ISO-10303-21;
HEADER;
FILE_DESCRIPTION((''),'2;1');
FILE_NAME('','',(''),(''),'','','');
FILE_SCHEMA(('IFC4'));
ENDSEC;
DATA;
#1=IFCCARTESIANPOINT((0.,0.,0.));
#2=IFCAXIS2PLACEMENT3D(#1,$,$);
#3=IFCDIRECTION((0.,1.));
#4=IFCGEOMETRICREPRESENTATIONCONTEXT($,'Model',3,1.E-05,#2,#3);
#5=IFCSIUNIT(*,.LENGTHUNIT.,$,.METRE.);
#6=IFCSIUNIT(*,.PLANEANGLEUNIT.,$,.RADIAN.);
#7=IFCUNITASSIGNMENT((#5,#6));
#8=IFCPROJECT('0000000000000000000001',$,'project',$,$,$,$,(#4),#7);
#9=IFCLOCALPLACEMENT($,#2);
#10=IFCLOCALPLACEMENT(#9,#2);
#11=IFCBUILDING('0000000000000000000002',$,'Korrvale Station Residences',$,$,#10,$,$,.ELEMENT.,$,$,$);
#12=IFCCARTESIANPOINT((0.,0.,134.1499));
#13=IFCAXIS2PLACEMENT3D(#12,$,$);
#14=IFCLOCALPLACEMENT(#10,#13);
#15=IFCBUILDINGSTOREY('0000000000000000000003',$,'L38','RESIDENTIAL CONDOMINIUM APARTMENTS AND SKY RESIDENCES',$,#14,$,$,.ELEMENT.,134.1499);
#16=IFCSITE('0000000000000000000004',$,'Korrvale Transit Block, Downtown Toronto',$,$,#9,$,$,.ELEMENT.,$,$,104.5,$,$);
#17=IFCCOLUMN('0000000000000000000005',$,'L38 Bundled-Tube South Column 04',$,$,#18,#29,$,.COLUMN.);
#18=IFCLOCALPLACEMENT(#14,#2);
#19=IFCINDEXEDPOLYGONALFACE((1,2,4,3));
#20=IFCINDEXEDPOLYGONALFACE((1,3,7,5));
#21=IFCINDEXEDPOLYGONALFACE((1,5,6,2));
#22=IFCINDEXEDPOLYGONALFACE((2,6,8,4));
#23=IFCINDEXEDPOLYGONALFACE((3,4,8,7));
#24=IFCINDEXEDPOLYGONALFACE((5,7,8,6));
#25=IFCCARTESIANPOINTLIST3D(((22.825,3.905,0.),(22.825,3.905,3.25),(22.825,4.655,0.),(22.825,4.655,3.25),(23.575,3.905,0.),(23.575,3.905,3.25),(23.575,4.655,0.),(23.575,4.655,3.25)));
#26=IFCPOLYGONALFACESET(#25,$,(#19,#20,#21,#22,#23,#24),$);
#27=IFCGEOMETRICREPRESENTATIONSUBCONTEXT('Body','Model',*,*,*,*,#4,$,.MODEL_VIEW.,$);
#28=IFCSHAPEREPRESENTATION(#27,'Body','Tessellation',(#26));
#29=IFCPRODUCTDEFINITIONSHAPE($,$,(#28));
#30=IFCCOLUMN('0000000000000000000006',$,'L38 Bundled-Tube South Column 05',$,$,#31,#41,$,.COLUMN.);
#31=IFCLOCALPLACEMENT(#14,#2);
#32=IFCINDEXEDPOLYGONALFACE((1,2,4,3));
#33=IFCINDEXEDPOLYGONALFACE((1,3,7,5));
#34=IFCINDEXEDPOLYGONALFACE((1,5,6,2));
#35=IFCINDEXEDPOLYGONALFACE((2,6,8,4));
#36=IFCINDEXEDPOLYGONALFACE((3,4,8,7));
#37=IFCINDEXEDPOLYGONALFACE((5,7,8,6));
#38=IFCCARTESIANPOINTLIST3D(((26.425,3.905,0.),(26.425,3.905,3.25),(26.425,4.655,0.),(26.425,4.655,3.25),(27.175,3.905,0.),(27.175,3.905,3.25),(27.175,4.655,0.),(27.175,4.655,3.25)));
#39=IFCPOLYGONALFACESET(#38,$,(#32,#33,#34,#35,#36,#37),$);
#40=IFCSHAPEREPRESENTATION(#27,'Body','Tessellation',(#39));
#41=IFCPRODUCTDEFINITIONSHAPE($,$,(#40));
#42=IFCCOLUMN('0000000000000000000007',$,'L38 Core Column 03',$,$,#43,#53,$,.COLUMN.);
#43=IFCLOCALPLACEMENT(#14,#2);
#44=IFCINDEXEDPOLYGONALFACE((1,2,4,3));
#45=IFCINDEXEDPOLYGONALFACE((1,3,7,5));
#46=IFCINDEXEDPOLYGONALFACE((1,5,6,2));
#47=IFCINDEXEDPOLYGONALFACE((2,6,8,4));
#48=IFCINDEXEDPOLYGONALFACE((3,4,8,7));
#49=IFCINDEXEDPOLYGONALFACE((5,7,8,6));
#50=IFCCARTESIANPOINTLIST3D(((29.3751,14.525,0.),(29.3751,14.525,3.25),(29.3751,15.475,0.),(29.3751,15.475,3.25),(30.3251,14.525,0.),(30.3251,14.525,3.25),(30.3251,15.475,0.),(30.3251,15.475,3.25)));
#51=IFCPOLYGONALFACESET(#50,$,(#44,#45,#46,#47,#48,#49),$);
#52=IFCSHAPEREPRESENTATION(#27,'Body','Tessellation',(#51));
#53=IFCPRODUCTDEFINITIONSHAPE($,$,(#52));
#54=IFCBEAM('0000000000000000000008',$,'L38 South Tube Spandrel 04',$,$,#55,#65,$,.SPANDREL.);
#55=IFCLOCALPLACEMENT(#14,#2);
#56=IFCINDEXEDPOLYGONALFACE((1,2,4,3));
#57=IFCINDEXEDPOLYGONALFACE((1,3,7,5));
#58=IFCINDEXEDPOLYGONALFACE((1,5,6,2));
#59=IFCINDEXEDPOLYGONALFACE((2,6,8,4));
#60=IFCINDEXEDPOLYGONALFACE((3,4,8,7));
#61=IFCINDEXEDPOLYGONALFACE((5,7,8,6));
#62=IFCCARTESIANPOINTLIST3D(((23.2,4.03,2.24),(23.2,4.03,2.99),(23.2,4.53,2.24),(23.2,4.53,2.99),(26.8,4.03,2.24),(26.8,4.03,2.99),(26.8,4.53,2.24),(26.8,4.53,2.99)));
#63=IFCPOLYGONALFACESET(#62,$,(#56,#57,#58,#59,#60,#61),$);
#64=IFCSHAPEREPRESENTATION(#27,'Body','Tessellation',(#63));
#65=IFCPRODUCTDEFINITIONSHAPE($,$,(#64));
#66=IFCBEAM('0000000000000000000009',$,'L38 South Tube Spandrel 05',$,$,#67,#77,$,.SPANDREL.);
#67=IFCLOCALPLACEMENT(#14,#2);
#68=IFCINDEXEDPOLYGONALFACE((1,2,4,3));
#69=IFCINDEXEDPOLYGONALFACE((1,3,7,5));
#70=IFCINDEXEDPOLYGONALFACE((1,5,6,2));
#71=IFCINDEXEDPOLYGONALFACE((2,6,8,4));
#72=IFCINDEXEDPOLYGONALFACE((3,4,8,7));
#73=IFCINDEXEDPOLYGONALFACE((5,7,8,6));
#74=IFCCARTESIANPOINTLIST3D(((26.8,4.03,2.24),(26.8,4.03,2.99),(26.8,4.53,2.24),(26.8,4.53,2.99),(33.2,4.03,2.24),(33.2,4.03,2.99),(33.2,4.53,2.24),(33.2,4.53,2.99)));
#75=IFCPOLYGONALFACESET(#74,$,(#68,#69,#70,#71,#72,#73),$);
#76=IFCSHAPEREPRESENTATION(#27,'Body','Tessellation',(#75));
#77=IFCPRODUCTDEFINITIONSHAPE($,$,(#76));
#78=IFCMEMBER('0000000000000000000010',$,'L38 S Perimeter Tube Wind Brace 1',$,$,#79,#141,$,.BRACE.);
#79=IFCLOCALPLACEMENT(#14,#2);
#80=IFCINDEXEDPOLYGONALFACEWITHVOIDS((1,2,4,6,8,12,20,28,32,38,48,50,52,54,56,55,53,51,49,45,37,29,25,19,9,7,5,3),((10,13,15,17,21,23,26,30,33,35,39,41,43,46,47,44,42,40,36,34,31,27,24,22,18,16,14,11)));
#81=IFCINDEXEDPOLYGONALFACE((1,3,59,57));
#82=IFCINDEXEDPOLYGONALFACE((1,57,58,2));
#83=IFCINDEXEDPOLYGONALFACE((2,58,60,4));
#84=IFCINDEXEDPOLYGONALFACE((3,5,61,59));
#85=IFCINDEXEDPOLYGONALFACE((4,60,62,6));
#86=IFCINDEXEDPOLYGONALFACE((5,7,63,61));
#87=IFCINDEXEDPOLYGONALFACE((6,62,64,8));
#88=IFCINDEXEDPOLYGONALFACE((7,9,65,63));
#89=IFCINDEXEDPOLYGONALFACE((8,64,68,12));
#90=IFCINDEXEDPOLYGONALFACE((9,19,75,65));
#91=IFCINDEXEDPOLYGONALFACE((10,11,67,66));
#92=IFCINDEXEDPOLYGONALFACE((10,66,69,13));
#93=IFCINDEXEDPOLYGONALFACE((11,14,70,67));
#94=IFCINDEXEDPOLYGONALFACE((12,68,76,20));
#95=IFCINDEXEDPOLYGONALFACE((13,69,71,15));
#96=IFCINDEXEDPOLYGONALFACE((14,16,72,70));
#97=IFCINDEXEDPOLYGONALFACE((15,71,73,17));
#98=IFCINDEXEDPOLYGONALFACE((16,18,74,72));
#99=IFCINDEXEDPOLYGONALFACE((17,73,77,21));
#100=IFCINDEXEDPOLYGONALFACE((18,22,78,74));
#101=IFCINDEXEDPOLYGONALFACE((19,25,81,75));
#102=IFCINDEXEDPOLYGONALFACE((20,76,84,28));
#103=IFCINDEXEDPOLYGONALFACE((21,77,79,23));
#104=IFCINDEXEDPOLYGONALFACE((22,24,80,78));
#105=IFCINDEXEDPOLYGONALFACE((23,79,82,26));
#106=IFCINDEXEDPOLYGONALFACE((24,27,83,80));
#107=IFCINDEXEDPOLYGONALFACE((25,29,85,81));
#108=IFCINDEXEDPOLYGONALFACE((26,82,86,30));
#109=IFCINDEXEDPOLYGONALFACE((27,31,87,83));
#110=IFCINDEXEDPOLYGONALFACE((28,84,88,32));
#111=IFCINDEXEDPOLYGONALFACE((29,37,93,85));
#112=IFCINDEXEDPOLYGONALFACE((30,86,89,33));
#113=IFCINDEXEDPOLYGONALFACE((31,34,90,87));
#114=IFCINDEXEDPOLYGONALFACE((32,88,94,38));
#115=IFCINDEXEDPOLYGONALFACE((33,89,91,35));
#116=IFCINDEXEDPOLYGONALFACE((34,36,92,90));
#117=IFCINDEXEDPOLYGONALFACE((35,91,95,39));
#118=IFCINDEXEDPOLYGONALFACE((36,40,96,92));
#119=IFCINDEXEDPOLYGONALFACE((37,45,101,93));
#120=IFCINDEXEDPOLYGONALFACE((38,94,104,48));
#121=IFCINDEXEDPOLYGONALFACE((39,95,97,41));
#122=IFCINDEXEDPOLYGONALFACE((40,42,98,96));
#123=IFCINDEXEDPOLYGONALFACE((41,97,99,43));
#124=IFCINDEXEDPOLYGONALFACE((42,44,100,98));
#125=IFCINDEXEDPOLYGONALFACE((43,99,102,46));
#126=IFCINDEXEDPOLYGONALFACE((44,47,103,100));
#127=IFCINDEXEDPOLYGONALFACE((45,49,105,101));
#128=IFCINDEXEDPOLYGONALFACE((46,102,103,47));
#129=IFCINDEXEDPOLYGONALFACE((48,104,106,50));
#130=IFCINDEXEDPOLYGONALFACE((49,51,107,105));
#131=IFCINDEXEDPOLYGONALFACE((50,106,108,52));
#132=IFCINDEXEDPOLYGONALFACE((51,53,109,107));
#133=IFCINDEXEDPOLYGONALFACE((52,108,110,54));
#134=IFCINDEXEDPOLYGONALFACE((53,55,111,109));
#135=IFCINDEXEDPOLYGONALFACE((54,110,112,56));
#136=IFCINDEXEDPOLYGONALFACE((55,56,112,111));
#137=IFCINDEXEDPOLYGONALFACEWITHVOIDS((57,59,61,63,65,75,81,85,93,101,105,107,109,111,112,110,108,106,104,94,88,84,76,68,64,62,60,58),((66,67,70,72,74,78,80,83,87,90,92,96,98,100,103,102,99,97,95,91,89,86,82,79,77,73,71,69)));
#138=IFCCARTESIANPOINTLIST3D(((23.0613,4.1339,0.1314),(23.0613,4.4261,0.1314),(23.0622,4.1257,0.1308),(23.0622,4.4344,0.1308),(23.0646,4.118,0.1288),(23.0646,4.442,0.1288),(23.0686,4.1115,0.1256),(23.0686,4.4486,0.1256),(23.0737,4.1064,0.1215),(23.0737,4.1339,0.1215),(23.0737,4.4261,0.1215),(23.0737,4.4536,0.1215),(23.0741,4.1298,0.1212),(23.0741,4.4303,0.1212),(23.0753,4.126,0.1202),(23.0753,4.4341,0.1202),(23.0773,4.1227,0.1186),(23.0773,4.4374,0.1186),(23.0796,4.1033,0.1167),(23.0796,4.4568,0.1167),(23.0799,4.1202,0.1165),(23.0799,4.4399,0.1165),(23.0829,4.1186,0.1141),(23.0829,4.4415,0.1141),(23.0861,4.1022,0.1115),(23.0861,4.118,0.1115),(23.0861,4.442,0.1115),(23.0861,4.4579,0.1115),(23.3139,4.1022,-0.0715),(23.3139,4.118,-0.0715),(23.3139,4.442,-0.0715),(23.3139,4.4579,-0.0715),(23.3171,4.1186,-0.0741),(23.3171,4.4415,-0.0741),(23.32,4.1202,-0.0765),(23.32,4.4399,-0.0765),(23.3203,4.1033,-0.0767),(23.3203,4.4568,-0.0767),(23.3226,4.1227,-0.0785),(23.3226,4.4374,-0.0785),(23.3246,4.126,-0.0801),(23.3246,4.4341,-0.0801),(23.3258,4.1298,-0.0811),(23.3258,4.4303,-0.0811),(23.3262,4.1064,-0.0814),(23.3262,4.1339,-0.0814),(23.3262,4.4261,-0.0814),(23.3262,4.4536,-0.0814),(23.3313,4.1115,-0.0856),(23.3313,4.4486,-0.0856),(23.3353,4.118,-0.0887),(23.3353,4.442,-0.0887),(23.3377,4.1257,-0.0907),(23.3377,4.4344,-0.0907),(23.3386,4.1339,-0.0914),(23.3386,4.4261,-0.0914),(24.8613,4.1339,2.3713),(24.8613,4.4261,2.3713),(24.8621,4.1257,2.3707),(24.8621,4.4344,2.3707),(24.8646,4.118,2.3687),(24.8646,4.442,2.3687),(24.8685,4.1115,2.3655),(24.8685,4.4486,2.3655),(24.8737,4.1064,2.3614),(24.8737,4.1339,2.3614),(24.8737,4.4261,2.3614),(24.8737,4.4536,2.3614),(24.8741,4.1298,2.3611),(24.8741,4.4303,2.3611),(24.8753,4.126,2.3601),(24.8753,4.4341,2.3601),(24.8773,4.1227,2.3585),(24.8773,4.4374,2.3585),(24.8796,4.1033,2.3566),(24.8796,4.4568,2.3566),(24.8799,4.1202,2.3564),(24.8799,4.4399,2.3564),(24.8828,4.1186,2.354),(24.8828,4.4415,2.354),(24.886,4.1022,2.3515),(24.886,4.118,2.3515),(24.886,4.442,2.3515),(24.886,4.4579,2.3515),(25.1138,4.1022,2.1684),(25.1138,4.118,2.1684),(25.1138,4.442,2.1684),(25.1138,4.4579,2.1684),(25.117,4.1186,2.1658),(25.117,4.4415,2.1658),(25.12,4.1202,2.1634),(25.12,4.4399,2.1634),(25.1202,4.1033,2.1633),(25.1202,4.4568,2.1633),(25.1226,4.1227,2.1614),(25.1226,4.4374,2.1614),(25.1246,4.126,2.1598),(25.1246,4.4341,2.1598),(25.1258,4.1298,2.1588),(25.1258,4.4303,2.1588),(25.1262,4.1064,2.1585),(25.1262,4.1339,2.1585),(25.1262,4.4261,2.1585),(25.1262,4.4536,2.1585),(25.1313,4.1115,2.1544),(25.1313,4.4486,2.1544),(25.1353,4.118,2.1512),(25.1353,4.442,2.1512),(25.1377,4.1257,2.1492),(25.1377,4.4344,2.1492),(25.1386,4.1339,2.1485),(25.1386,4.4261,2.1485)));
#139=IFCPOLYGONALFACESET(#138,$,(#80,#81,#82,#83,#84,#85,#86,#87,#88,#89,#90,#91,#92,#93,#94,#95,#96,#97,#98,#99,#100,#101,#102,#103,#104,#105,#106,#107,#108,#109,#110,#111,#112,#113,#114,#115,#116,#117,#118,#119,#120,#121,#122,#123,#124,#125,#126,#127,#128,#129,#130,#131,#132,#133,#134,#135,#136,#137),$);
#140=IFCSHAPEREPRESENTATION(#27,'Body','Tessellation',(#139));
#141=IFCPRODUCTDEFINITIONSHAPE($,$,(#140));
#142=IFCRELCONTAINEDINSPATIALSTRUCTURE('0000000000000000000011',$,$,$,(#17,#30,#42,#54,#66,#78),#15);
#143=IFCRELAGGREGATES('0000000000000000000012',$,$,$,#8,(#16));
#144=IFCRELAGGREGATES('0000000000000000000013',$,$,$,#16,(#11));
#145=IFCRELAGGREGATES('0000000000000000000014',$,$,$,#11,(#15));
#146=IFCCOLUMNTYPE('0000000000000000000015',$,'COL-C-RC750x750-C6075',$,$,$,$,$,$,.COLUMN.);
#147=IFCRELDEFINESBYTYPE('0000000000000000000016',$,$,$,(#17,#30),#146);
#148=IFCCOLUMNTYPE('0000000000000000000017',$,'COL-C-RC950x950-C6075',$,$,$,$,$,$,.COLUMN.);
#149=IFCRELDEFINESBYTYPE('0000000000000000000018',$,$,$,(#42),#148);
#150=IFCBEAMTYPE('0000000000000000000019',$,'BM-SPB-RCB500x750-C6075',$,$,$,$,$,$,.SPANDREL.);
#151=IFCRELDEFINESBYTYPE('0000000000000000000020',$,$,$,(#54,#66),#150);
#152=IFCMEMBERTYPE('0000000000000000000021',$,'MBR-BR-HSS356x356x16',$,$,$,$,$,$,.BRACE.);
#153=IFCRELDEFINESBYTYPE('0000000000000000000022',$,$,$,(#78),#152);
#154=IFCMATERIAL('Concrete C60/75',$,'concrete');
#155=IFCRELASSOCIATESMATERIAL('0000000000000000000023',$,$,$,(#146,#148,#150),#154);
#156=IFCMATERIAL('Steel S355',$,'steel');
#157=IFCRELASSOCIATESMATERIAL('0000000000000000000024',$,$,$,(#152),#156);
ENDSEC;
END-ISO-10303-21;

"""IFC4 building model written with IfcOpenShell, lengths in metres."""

from ifc_helpers import new_model, si_unit, direction, frame, origin, origin_2d, place, context, subcontext, project, spatial, rectangle, hollow_rectangle, extrude, material, material_profile, profile_set, type_object, element, save


model = new_model("IFC4")

# Units and contexts
model_context = context("Model", 3, precision=1e-05, world=origin(), true_north=direction((0.0, 1.0)))
body_context = subcontext(model_context, "Body", "Model", "MODEL_VIEW")
ifc_project = project(units=[si_unit("LENGTHUNIT", "METRE"), si_unit("PLANEANGLEUNIT", "RADIAN")], contexts=[model_context])

# Site, building, storey
site_placement = place(None, origin())
site = spatial("IfcSite", under=ifc_project, at=site_placement, Name="Korrvale Transit Block, Downtown Toronto", CompositionType="ELEMENT", RefElevation=104.5)
building_placement = place(site_placement, origin())
building = spatial("IfcBuilding", under=site, at=building_placement, Name="Korrvale Station Residences", CompositionType="ELEMENT")
storey_placement = place(building_placement, frame((0.0, 0.0, 134.1499)))
storey = spatial("IfcBuildingStorey", under=building, at=storey_placement, Name="L38", Description="RESIDENTIAL CONDOMINIUM APARTMENTS AND SKY RESIDENCES", CompositionType="ELEMENT", Elevation=134.1499)

# Columns
ifc_material_1 = material(Name="Concrete C60/75", Category="concrete")
ifc_material_profile_1 = material_profile(ifc_material_1, rectangle(XDim=0.75, YDim=0.75, at=origin_2d()), Name="RC750x750")
ifc_profile_set_1 = profile_set([ifc_material_profile_1], Name="Concrete C60/75")
column_type_1 = type_object("IfcColumnType", Name="COL-C-RC750x750-C6075", PredefinedType="COLUMN", material=ifc_profile_set_1)
for number, where, z_axis, x_axis, name in (
    (1, (23.2, 4.28, 0.0), (0.0, 0.0, 1.0), (1.0, 0.0, 0.0), "L38 Bundled-Tube South Column 04"),
    (2, (26.8, 4.28, 0.0), (0.0, 0.0, 1.0), (1.0, 0.0, 0.0), "L38 Bundled-Tube South Column 05"),
):
    element("IfcColumn", number, at=place(storey_placement, frame(where, z_axis=z_axis, x_axis=x_axis)), inside=storey, type_object=column_type_1, Name=name, PredefinedType="COLUMN", context=body_context, shape_type="SweptSolid", body=[
        extrude(rectangle(XDim=0.75, YDim=0.75, at=origin_2d()), origin(), (0.0, 0.0, 1.0), 3.25),
    ])
ifc_material_profile_2 = material_profile(ifc_material_1, rectangle(XDim=0.95, YDim=0.95, at=origin_2d()), Name="RC950x950")
ifc_profile_set_2 = profile_set([ifc_material_profile_2], Name="Concrete C60/75")
column_type_2 = type_object("IfcColumnType", Name="COL-C-RC950x950-C6075", PredefinedType="COLUMN", material=ifc_profile_set_2)
column_placement = place(storey_placement, frame((29.8501, 15.0, 0.0), z_axis=(0.0, 0.0, 1.0), x_axis=(1.0, 0.0, 0.0)))
element("IfcColumn", 3, at=column_placement, inside=storey, type_object=column_type_2, Name="L38 Core Column 03", PredefinedType="COLUMN", context=body_context, shape_type="SweptSolid", body=[
    extrude(rectangle(XDim=0.95, YDim=0.95, at=origin_2d()), origin(), (0.0, 0.0, 1.0), 3.25),
])

# Beams
ifc_material_profile_3 = material_profile(ifc_material_1, rectangle(XDim=0.5, YDim=0.75, at=origin_2d()), Name="RCB500x750")
ifc_profile_set_3 = profile_set([ifc_material_profile_3], Name="Concrete C60/75")
beam_type = type_object("IfcBeamType", Name="BM-SPB-RCB500x750-C6075", PredefinedType="SPANDREL", material=ifc_profile_set_3)
beam_1_placement = place(storey_placement, frame((23.2, 4.28, 2.615), z_axis=(1.0, 0.0, 0.0), x_axis=(0.0, 1.0, 0.0)))
element("IfcBeam", 4, at=beam_1_placement, inside=storey, type_object=beam_type, Name="L38 South Tube Spandrel 04", PredefinedType="SPANDREL", context=body_context, shape_type="SweptSolid", body=[
    extrude(rectangle(XDim=0.5, YDim=0.75, at=origin_2d()), origin(), (0.0, 0.0, 1.0), 3.6001),
])
beam_2_placement = place(storey_placement, frame((26.8, 4.28, 2.615), z_axis=(1.0, 0.0, 0.0), x_axis=(0.0, 1.0, 0.0)))
element("IfcBeam", 5, at=beam_2_placement, inside=storey, type_object=beam_type, Name="L38 South Tube Spandrel 05", PredefinedType="SPANDREL", context=body_context, shape_type="SweptSolid", body=[
    extrude(rectangle(XDim=0.5, YDim=0.75, at=origin_2d()), origin(), (0.0, 0.0, 1.0), 6.3999),
])

# Member
ifc_material_2 = material(Name="Steel S355", Category="steel")
ifc_material_profile_4 = material_profile(ifc_material_2, hollow_rectangle(XDim=0.3557, YDim=0.3557, WallThickness=0.0159, InnerFilletRadius=0.0159, OuterFilletRadius=0.0317, at=origin_2d()), Name="HSS356x356x16")
ifc_profile_set_4 = profile_set([ifc_material_profile_4], Name="Steel S355")
member_type = type_object("IfcMemberType", Name="MBR-BR-HSS356x356x16", PredefinedType="BRACE", material=ifc_profile_set_4)
for number, where, z_axis, x_axis, name in (
    (6, (23.2, 4.28, 0.02), (0.626403, 0.0, 0.779499), (0.0, 1.0, 0.0), "L38 S Perimeter Tube Wind Brace 1"),
):
    element("IfcMember", number, at=place(storey_placement, frame(where, z_axis=z_axis, x_axis=x_axis)), inside=storey, type_object=member_type, Name=name, PredefinedType="BRACE", context=body_context, shape_type="SweptSolid", body=[
        extrude(hollow_rectangle(XDim=0.3557, YDim=0.3557, WallThickness=0.0159, InnerFilletRadius=0.0159, OuterFilletRadius=0.0317, at=origin_2d()), origin(), (0.0, 0.0, 1.0), 2.8735),
    ])

save(model, "model.ifc")
